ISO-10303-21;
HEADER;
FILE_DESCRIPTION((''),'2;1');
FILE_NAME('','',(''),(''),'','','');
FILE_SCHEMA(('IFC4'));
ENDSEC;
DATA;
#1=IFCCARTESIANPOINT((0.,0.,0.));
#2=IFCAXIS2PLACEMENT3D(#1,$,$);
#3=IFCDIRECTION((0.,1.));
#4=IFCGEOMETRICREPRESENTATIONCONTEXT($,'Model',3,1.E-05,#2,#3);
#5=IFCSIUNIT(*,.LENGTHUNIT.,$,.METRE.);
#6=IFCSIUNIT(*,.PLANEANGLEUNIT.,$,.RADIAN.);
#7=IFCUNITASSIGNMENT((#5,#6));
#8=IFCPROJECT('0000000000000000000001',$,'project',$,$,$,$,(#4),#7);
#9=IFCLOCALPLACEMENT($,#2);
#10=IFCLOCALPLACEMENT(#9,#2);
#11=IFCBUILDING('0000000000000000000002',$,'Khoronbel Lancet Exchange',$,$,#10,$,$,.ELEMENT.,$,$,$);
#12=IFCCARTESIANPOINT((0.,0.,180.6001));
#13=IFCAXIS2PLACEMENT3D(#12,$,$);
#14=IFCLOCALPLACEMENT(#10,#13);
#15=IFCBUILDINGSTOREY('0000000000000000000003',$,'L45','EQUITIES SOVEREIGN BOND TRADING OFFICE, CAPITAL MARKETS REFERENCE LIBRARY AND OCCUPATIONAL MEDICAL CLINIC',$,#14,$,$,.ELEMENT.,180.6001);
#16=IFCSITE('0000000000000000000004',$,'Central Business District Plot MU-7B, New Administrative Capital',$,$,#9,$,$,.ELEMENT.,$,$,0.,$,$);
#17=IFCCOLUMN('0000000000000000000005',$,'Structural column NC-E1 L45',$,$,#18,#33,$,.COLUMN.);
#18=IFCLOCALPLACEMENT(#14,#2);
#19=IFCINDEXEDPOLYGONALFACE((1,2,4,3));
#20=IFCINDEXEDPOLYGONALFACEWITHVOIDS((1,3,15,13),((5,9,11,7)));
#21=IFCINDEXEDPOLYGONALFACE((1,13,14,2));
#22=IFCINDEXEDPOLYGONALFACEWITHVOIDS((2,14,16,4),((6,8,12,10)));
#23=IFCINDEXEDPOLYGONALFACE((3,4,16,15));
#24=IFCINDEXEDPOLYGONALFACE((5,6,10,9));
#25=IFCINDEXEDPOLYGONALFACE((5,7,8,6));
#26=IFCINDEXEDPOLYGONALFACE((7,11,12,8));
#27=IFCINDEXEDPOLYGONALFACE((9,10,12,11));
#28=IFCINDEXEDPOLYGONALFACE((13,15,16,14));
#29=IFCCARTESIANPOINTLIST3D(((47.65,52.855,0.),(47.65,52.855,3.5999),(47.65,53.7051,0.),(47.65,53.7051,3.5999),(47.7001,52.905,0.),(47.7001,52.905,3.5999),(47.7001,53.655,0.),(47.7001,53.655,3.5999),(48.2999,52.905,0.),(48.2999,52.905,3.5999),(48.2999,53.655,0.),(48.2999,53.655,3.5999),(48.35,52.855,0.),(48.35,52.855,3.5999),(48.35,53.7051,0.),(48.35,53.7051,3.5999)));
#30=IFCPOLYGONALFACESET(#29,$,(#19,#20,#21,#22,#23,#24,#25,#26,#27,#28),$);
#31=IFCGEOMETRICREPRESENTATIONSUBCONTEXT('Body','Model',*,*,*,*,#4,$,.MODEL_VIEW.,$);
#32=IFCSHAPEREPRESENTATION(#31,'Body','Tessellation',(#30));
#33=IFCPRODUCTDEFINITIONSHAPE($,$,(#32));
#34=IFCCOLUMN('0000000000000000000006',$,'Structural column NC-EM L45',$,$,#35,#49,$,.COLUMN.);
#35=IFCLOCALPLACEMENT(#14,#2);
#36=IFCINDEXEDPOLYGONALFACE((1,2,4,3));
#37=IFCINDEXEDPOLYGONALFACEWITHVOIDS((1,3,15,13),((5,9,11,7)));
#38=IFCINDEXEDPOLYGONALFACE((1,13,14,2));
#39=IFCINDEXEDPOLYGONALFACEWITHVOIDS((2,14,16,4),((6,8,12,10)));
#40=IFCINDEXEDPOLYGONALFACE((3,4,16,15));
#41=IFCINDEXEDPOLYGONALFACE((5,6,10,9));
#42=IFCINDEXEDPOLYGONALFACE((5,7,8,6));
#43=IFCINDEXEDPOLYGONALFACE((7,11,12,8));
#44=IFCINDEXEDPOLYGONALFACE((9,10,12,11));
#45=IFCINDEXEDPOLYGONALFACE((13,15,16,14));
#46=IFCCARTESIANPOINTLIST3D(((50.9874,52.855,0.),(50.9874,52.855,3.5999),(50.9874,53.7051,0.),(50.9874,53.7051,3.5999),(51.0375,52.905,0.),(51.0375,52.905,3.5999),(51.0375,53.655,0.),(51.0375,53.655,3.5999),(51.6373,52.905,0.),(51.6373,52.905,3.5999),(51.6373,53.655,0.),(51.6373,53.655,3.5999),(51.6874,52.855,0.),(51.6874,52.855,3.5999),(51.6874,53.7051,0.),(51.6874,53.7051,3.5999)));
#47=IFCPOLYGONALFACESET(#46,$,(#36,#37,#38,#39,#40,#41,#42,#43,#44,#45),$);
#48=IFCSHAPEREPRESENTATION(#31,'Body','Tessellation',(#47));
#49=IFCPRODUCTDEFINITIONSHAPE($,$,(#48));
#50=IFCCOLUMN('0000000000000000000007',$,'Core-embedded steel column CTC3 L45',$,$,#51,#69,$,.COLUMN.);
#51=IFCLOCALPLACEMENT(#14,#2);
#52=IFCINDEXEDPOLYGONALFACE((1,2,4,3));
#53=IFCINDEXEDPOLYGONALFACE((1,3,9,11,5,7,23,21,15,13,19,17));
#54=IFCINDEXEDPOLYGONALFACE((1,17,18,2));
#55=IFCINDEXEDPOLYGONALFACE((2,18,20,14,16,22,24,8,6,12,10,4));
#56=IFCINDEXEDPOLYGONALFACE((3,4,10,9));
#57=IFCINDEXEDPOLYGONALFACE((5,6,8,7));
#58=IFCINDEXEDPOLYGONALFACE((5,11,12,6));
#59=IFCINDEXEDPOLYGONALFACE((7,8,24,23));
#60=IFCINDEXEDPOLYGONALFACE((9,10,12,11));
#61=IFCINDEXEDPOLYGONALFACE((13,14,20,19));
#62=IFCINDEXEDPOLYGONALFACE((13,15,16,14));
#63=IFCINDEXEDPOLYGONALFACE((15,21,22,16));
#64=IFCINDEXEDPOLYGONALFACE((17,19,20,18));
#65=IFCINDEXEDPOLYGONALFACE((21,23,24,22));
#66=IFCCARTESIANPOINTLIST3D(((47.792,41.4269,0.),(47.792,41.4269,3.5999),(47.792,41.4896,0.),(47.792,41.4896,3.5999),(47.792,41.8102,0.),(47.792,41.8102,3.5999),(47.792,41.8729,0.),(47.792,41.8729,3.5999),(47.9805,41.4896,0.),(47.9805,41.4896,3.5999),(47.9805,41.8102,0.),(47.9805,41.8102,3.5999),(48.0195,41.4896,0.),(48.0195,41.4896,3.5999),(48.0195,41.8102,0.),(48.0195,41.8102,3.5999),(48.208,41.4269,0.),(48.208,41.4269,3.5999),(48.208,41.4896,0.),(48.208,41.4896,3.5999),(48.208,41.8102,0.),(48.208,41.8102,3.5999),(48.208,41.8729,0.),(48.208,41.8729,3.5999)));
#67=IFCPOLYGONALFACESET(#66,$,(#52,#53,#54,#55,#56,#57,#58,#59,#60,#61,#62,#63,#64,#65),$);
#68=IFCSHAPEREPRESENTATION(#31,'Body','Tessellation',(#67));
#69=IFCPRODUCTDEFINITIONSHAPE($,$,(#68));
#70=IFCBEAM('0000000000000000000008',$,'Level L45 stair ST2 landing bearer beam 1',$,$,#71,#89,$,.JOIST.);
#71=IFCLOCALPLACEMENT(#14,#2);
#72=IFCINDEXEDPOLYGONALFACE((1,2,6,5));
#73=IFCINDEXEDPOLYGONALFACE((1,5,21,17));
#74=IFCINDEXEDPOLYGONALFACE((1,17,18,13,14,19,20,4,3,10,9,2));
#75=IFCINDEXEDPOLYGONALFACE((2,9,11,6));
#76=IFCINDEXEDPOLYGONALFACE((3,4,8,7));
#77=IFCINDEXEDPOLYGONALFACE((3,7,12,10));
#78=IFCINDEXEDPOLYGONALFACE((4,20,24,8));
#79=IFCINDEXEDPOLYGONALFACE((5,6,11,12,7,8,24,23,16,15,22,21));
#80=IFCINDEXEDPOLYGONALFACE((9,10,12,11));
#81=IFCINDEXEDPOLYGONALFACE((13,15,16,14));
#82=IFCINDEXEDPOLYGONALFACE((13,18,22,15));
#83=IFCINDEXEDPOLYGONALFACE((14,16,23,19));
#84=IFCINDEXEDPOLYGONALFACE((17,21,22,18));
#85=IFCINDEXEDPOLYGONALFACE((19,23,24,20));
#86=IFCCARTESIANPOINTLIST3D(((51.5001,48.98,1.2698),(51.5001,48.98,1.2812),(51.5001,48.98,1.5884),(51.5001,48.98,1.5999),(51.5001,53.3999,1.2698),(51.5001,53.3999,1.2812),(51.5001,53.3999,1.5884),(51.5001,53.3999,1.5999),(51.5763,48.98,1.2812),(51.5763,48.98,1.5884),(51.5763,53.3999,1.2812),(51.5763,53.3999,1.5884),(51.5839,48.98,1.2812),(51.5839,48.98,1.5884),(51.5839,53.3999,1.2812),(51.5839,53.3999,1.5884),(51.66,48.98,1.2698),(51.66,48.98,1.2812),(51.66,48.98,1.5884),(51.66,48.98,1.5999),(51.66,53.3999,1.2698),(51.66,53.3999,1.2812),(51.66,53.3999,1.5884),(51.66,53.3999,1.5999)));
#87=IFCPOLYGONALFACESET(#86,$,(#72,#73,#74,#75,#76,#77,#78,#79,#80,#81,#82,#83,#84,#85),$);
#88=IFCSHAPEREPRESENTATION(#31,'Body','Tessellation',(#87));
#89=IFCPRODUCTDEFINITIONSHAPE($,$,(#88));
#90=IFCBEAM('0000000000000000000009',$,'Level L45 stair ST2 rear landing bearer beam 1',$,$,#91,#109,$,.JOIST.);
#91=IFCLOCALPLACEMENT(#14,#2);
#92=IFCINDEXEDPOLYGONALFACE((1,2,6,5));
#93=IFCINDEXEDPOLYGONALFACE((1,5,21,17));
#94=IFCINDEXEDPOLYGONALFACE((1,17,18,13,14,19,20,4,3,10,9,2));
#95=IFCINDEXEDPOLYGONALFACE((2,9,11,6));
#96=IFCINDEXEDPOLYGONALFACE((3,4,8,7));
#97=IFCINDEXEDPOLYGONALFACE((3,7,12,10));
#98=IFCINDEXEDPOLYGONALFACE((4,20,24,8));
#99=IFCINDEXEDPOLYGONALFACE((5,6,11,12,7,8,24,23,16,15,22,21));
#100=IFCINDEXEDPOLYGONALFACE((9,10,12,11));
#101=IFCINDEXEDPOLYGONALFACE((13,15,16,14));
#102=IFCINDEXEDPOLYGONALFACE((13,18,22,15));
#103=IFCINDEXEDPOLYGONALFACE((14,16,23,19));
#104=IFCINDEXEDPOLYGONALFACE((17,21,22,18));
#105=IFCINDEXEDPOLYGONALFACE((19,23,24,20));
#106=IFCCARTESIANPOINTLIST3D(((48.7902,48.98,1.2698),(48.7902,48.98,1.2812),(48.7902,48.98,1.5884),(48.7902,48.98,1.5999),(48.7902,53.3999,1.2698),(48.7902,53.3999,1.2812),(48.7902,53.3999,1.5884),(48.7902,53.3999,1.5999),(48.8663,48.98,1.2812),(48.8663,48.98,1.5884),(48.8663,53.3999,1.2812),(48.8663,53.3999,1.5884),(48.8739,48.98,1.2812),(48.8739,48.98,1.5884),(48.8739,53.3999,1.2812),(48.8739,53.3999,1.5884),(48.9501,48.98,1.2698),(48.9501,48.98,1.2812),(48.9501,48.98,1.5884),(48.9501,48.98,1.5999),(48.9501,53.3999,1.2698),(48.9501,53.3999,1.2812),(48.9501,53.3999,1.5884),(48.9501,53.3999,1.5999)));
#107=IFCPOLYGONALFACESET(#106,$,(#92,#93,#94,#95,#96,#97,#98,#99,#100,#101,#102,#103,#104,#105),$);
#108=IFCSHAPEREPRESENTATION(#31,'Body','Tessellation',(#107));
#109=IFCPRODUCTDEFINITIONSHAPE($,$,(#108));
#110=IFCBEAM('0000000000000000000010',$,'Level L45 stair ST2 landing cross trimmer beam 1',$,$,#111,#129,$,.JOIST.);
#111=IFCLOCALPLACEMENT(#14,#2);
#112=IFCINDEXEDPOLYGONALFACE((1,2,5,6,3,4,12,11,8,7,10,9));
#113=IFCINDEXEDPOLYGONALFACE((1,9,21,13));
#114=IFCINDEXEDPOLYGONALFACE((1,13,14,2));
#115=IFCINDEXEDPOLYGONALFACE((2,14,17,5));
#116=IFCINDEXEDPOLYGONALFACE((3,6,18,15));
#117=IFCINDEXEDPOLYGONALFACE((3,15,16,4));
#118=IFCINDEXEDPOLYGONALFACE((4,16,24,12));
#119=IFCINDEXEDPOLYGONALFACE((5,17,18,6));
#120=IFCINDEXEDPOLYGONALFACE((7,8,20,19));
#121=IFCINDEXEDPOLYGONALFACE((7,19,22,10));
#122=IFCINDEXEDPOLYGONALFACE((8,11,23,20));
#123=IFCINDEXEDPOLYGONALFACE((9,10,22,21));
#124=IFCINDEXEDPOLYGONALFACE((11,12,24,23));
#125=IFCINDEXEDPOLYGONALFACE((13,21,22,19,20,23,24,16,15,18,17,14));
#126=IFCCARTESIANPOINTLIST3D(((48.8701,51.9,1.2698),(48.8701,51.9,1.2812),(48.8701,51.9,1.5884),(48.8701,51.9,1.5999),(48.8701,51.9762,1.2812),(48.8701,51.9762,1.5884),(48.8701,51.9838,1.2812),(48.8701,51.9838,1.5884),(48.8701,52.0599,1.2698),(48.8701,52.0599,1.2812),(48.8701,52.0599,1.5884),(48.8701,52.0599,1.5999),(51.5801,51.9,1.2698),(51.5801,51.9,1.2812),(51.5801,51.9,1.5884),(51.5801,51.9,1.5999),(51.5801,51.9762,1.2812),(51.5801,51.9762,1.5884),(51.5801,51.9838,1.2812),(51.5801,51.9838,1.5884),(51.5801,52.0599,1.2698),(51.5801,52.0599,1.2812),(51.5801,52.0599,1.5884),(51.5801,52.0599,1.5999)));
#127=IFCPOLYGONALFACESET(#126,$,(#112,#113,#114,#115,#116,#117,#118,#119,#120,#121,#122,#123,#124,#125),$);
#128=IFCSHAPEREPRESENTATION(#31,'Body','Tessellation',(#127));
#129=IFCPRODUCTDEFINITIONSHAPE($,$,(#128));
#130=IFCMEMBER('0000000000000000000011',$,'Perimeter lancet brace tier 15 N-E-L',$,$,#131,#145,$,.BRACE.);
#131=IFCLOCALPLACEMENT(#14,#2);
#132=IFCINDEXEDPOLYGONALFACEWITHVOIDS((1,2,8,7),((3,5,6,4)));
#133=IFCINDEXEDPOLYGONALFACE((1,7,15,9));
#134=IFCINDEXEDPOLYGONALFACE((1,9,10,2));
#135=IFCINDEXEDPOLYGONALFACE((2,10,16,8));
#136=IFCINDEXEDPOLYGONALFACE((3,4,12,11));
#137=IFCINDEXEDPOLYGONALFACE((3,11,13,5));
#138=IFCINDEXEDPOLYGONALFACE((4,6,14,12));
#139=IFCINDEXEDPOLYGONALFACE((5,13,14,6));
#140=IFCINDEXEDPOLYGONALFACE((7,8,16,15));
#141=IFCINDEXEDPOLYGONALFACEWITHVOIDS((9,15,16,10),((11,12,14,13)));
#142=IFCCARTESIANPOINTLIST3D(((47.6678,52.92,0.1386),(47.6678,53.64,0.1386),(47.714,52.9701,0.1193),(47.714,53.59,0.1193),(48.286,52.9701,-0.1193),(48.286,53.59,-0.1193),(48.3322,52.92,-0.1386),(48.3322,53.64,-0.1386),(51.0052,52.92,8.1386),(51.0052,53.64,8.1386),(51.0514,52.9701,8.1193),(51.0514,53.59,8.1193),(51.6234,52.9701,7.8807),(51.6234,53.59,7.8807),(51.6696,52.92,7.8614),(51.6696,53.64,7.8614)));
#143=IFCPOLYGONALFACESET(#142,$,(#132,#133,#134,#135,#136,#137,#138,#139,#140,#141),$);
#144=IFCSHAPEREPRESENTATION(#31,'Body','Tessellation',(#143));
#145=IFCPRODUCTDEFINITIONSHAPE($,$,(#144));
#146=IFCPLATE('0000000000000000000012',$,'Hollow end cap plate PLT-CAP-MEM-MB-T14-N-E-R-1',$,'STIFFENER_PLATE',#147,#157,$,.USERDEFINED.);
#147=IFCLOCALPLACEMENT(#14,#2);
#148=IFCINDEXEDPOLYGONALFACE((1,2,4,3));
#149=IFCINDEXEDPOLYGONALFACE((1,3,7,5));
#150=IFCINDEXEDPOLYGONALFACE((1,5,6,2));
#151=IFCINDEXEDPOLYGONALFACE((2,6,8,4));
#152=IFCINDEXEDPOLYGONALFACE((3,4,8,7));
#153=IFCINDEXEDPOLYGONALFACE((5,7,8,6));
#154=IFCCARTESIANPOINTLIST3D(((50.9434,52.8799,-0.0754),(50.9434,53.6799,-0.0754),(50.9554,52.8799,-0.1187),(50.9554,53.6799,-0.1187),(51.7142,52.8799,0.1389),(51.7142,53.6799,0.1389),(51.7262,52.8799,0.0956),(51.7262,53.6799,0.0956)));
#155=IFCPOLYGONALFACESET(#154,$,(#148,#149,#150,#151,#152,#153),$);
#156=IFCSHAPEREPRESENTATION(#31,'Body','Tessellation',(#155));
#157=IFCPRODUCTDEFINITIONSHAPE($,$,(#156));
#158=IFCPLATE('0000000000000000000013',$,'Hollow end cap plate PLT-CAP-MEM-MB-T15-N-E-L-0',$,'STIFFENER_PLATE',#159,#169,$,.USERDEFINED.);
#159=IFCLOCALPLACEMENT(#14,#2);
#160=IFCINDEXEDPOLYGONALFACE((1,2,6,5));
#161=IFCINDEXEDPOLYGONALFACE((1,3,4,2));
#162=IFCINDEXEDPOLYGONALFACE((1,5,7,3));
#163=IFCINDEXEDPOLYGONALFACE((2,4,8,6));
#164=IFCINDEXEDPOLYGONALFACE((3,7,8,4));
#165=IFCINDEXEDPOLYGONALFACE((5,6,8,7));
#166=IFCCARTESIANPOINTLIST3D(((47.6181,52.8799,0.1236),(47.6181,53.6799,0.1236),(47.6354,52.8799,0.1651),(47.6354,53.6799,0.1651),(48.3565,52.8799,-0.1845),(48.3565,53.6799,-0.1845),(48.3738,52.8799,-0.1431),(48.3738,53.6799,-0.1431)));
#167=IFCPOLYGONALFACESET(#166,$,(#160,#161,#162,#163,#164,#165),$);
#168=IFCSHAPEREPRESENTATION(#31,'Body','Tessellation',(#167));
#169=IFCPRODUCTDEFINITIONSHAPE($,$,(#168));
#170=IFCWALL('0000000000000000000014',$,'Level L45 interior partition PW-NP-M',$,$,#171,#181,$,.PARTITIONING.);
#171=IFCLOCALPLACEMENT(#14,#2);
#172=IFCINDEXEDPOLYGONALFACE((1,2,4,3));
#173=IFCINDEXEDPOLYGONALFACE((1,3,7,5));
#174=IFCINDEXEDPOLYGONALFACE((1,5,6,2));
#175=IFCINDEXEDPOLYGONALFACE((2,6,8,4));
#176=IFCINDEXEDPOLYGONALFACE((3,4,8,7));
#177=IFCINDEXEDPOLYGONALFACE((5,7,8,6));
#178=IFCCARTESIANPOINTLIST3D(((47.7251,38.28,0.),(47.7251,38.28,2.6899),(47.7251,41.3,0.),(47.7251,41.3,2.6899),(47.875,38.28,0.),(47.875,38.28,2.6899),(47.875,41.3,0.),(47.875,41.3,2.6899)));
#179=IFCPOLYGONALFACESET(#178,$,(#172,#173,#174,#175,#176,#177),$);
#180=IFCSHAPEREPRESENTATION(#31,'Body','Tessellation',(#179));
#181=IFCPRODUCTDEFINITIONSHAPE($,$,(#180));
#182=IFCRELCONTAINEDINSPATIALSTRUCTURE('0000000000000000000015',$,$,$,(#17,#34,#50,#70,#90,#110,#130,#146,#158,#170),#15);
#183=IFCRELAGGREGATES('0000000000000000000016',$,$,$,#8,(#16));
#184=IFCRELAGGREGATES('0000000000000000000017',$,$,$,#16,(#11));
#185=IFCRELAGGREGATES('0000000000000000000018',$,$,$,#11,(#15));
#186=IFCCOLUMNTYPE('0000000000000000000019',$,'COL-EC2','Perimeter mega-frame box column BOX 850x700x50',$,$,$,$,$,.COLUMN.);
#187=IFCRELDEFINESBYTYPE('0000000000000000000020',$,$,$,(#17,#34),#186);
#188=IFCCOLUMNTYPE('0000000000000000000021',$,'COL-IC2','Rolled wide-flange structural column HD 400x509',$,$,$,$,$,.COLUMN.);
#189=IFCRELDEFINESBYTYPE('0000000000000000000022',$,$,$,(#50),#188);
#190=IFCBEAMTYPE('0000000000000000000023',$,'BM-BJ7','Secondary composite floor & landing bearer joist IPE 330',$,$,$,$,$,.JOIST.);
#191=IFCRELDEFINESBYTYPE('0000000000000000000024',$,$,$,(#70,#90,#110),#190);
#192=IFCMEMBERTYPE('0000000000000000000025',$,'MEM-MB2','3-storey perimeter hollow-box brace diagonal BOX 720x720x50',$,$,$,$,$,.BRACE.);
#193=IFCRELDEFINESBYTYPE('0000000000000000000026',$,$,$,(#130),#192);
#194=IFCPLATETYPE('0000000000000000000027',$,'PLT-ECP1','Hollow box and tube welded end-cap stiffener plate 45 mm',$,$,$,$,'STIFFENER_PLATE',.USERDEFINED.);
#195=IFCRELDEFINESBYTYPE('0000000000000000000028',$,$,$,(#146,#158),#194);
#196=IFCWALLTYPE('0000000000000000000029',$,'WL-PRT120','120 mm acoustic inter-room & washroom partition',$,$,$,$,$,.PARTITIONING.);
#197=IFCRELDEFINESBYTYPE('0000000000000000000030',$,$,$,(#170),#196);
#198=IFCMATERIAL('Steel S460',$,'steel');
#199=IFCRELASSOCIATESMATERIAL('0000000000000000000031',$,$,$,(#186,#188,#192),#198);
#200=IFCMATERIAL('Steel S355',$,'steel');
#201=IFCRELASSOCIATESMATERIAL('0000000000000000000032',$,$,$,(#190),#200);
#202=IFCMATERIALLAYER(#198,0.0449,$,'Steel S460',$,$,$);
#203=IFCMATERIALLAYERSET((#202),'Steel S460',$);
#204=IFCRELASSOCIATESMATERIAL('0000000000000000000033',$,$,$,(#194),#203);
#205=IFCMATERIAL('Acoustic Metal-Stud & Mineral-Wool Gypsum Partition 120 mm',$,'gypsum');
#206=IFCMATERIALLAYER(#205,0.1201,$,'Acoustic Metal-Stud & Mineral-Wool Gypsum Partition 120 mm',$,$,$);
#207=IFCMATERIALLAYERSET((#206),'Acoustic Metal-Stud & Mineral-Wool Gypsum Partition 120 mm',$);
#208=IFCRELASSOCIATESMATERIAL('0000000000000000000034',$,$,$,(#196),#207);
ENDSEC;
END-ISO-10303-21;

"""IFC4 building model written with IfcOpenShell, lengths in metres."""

from ifc_helpers import new_model, si_unit, direction, frame, frame_2d, origin, origin_2d, place, context, subcontext, project, spatial, polyline, rectangle, hollow_rectangle, i_section, outline, extrude, material, layer, layer_set, material_profile, profile_set, type_object, element, save


model = new_model("IFC4")

# Units and contexts
model_context = context("Model", 3, precision=1e-05, world=origin(), true_north=direction((0.0, 1.0)))
body_context = subcontext(model_context, "Body", "Model", "MODEL_VIEW")
ifc_project = project(units=[si_unit("LENGTHUNIT", "METRE"), si_unit("PLANEANGLEUNIT", "RADIAN")], contexts=[model_context])

# Site, building, storey
site_placement = place(None, origin())
site = spatial("IfcSite", under=ifc_project, at=site_placement, Name="Central Business District Plot MU-7B, New Administrative Capital", CompositionType="ELEMENT", RefElevation=0.0)
building_placement = place(site_placement, origin())
building = spatial("IfcBuilding", under=site, at=building_placement, Name="Khoronbel Lancet Exchange", CompositionType="ELEMENT")
storey_placement = place(building_placement, frame((0.0, 0.0, 180.6001)))
storey = spatial("IfcBuildingStorey", under=building, at=storey_placement, Name="L45", Description="EQUITIES SOVEREIGN BOND TRADING OFFICE, CAPITAL MARKETS REFERENCE LIBRARY AND OCCUPATIONAL MEDICAL CLINIC", CompositionType="ELEMENT", Elevation=180.6001)

# Columns
ifc_material_1 = material(Name="Steel S460", Category="steel")
ifc_material_profile_1 = material_profile(ifc_material_1, hollow_rectangle(XDim=0.7, YDim=0.8501, WallThickness=0.05, at=origin_2d()), Name="BOX 850x700x50")
ifc_profile_set_1 = profile_set([ifc_material_profile_1], Name="Steel S460")
column_type_1 = type_object("IfcColumnType", Name="COL-EC2", Description="Perimeter mega-frame box column BOX 850x700x50", PredefinedType="COLUMN", material=ifc_profile_set_1)
for number, where, z_axis, x_axis, name in (
    (1, (48.0, 53.28, 0.0), (0.0, 0.0, 1.0), (1.0, 0.0, 0.0), "Structural column NC-E1 L45"),
    (2, (51.3374, 53.28, 0.0), (0.0, 0.0, 1.0), (1.0, 0.0, 0.0), "Structural column NC-EM L45"),
):
    element("IfcColumn", number, at=place(storey_placement, frame(where, z_axis=z_axis, x_axis=x_axis)), inside=storey, type_object=column_type_1, Name=name, PredefinedType="COLUMN", context=body_context, shape_type="SweptSolid", body=[
        extrude(hollow_rectangle(XDim=0.7, YDim=0.8501, WallThickness=0.05, at=origin_2d()), origin(), (0.0, 0.0, 1.0), 3.5999),
    ])
ifc_material_profile_2 = material_profile(ifc_material_1, i_section(OverallWidth=0.416, OverallDepth=0.446, WebThickness=0.0391, FlangeThickness=0.0627, at=origin_2d()), Name="HD 400x509")
ifc_profile_set_2 = profile_set([ifc_material_profile_2], Name="Steel S460")
column_type_2 = type_object("IfcColumnType", Name="COL-IC2", Description="Rolled wide-flange structural column HD 400x509", PredefinedType="COLUMN", material=ifc_profile_set_2)
column_placement = place(storey_placement, frame((48.0, 41.6499, 0.0), z_axis=(0.0, 0.0, 1.0), x_axis=(1.0, 0.0, 0.0)))
element("IfcColumn", 3, at=column_placement, inside=storey, type_object=column_type_2, Name="Core-embedded steel column CTC3 L45", PredefinedType="COLUMN", context=body_context, shape_type="SweptSolid", body=[
    extrude(i_section(OverallWidth=0.416, OverallDepth=0.446, WebThickness=0.0391, FlangeThickness=0.0627, at=origin_2d()), origin(), (0.0, 0.0, 1.0), 3.5999),
])

# Beams
ifc_material_2 = material(Name="Steel S355", Category="steel")
ifc_material_profile_3 = material_profile(ifc_material_2, i_section(OverallWidth=0.1599, OverallDepth=0.3301, WebThickness=0.0076, FlangeThickness=0.0115, at=origin_2d()), Name="IPE 330")
ifc_profile_set_3 = profile_set([ifc_material_profile_3], Name="Steel S355")
beam_type = type_object("IfcBeamType", Name="BM-BJ7", Description="Secondary composite floor & landing bearer joist IPE 330", PredefinedType="JOIST", material=ifc_profile_set_3)
for number, where, z_axis, x_axis, name in (
    (4, (51.5801, 48.98, 1.4348), (0.0, 1.0, 0.0), (-1.0, 0.0, 0.0), "Level L45 stair ST2 landing bearer beam 1"),
    (5, (48.8701, 48.98, 1.4348), (0.0, 1.0, 0.0), (-1.0, 0.0, 0.0), "Level L45 stair ST2 rear landing bearer beam 1"),
):
    element("IfcBeam", number, at=place(storey_placement, frame(where, z_axis=z_axis, x_axis=x_axis)), inside=storey, type_object=beam_type, Name=name, PredefinedType="JOIST", context=body_context, shape_type="SweptSolid", body=[
        extrude(i_section(OverallWidth=0.1599, OverallDepth=0.3301, WebThickness=0.0076, FlangeThickness=0.0115, at=origin_2d()), origin(), (0.0, 0.0, 1.0), 4.4199),
    ])
beam_placement = place(storey_placement, frame((48.8701, 51.98, 1.4348), z_axis=(1.0, 0.0, 0.0), x_axis=(0.0, 1.0, 0.0)))
element("IfcBeam", 6, at=beam_placement, inside=storey, type_object=beam_type, Name="Level L45 stair ST2 landing cross trimmer beam 1", PredefinedType="JOIST", context=body_context, shape_type="SweptSolid", body=[
    extrude(i_section(OverallWidth=0.1599, OverallDepth=0.3301, WebThickness=0.0076, FlangeThickness=0.0115, at=origin_2d()), origin(), (0.0, 0.0, 1.0), 2.71),
])

# Member
ifc_material_profile_4 = material_profile(ifc_material_1, hollow_rectangle(XDim=0.72, YDim=0.72, WallThickness=0.05, at=origin_2d()), Name="BOX 720x720x50")
ifc_profile_set_4 = profile_set([ifc_material_profile_4], Name="Steel S460")
member_type = type_object("IfcMemberType", Name="MEM-MB2", Description="3-storey perimeter hollow-box brace diagonal BOX 720x720x50", PredefinedType="BRACE", material=ifc_profile_set_4)
member_placement = place(storey_placement, frame((48.0, 53.28, 0.0), z_axis=(0.385015, 0.0, 0.92291), x_axis=(0.0, 1.0, 0.0)))
element("IfcMember", 7, at=member_placement, inside=storey, type_object=member_type, Name="Perimeter lancet brace tier 15 N-E-L", PredefinedType="BRACE", context=body_context, shape_type="SweptSolid", body=[
    extrude(hollow_rectangle(XDim=0.72, YDim=0.72, WallThickness=0.05, at=origin_2d()), origin(), (0.0, 0.0, 1.0), 8.6682),
])

# Plates
ifc_layer_1 = layer(ifc_material_1, 0.0449, Name="Steel S460")
ifc_layer_set_1 = layer_set([ifc_layer_1], Name="Steel S460")
plate_type = type_object("IfcPlateType", Name="PLT-ECP1", Description="Hollow box and tube welded end-cap stiffener plate 45 mm", ElementType="STIFFENER_PLATE", PredefinedType="USERDEFINED", material=ifc_layer_set_1)
for number, where, z_axis, x_axis, name in (
    (8, (50.9434, 53.6799, -0.0754), (-0.267943, 0.0, 0.963435), (0.0, -1.0, 0.0), "Hollow end cap plate PLT-CAP-MEM-MB-T14-N-E-R-1"),
    (9, (48.3738, 52.8799, -0.1431), (0.385135, 0.0, 0.92286), (0.0, 1.0, 0.0), "Hollow end cap plate PLT-CAP-MEM-MB-T15-N-E-L-0"),
):
    element("IfcPlate", number, at=place(storey_placement, frame(where, z_axis=z_axis, x_axis=x_axis)), inside=storey, type_object=plate_type, Name=name, ObjectType="STIFFENER_PLATE", PredefinedType="USERDEFINED", context=body_context, shape_type="SweptSolid", body=[
        extrude(outline(polyline([(0.0, 0.0), (0.8, 0.0), (0.8, 0.8), (0.0, 0.8), (0.0, 0.0)])), origin(), (0.0, 0.0, -1.0), 0.0449),
    ])

# Wall
ifc_material_3 = material(Name="Acoustic Metal-Stud & Mineral-Wool Gypsum Partition 120 mm", Category="gypsum")
ifc_layer_2 = layer(ifc_material_3, 0.1201, Name="Acoustic Metal-Stud & Mineral-Wool Gypsum Partition 120 mm")
ifc_layer_set_2 = layer_set([ifc_layer_2], Name="Acoustic Metal-Stud & Mineral-Wool Gypsum Partition 120 mm")
wall_type_1 = type_object("IfcWallType", Name="WL-PRT120", Description="120 mm acoustic inter-room & washroom partition", PredefinedType="PARTITIONING", material=ifc_layer_set_2)
wall_1_placement = place(storey_placement, frame((47.8, 38.28, 0.0), z_axis=(0.0, 0.0, 1.0), x_axis=(0.0, 1.0, 0.0)))
element("IfcWall", 10, at=wall_1_placement, inside=storey, type_object=wall_type_1, Name="Level L45 interior partition PW-NP-M", PredefinedType="PARTITIONING", context=body_context, shape_type="SweptSolid", body=[
    extrude(rectangle(XDim=3.02, YDim=0.1499, at=frame_2d((1.51, 0.0))), origin(), (0.0, 0.0, 1.0), 2.6899),
])

save(model, "model.ifc")
